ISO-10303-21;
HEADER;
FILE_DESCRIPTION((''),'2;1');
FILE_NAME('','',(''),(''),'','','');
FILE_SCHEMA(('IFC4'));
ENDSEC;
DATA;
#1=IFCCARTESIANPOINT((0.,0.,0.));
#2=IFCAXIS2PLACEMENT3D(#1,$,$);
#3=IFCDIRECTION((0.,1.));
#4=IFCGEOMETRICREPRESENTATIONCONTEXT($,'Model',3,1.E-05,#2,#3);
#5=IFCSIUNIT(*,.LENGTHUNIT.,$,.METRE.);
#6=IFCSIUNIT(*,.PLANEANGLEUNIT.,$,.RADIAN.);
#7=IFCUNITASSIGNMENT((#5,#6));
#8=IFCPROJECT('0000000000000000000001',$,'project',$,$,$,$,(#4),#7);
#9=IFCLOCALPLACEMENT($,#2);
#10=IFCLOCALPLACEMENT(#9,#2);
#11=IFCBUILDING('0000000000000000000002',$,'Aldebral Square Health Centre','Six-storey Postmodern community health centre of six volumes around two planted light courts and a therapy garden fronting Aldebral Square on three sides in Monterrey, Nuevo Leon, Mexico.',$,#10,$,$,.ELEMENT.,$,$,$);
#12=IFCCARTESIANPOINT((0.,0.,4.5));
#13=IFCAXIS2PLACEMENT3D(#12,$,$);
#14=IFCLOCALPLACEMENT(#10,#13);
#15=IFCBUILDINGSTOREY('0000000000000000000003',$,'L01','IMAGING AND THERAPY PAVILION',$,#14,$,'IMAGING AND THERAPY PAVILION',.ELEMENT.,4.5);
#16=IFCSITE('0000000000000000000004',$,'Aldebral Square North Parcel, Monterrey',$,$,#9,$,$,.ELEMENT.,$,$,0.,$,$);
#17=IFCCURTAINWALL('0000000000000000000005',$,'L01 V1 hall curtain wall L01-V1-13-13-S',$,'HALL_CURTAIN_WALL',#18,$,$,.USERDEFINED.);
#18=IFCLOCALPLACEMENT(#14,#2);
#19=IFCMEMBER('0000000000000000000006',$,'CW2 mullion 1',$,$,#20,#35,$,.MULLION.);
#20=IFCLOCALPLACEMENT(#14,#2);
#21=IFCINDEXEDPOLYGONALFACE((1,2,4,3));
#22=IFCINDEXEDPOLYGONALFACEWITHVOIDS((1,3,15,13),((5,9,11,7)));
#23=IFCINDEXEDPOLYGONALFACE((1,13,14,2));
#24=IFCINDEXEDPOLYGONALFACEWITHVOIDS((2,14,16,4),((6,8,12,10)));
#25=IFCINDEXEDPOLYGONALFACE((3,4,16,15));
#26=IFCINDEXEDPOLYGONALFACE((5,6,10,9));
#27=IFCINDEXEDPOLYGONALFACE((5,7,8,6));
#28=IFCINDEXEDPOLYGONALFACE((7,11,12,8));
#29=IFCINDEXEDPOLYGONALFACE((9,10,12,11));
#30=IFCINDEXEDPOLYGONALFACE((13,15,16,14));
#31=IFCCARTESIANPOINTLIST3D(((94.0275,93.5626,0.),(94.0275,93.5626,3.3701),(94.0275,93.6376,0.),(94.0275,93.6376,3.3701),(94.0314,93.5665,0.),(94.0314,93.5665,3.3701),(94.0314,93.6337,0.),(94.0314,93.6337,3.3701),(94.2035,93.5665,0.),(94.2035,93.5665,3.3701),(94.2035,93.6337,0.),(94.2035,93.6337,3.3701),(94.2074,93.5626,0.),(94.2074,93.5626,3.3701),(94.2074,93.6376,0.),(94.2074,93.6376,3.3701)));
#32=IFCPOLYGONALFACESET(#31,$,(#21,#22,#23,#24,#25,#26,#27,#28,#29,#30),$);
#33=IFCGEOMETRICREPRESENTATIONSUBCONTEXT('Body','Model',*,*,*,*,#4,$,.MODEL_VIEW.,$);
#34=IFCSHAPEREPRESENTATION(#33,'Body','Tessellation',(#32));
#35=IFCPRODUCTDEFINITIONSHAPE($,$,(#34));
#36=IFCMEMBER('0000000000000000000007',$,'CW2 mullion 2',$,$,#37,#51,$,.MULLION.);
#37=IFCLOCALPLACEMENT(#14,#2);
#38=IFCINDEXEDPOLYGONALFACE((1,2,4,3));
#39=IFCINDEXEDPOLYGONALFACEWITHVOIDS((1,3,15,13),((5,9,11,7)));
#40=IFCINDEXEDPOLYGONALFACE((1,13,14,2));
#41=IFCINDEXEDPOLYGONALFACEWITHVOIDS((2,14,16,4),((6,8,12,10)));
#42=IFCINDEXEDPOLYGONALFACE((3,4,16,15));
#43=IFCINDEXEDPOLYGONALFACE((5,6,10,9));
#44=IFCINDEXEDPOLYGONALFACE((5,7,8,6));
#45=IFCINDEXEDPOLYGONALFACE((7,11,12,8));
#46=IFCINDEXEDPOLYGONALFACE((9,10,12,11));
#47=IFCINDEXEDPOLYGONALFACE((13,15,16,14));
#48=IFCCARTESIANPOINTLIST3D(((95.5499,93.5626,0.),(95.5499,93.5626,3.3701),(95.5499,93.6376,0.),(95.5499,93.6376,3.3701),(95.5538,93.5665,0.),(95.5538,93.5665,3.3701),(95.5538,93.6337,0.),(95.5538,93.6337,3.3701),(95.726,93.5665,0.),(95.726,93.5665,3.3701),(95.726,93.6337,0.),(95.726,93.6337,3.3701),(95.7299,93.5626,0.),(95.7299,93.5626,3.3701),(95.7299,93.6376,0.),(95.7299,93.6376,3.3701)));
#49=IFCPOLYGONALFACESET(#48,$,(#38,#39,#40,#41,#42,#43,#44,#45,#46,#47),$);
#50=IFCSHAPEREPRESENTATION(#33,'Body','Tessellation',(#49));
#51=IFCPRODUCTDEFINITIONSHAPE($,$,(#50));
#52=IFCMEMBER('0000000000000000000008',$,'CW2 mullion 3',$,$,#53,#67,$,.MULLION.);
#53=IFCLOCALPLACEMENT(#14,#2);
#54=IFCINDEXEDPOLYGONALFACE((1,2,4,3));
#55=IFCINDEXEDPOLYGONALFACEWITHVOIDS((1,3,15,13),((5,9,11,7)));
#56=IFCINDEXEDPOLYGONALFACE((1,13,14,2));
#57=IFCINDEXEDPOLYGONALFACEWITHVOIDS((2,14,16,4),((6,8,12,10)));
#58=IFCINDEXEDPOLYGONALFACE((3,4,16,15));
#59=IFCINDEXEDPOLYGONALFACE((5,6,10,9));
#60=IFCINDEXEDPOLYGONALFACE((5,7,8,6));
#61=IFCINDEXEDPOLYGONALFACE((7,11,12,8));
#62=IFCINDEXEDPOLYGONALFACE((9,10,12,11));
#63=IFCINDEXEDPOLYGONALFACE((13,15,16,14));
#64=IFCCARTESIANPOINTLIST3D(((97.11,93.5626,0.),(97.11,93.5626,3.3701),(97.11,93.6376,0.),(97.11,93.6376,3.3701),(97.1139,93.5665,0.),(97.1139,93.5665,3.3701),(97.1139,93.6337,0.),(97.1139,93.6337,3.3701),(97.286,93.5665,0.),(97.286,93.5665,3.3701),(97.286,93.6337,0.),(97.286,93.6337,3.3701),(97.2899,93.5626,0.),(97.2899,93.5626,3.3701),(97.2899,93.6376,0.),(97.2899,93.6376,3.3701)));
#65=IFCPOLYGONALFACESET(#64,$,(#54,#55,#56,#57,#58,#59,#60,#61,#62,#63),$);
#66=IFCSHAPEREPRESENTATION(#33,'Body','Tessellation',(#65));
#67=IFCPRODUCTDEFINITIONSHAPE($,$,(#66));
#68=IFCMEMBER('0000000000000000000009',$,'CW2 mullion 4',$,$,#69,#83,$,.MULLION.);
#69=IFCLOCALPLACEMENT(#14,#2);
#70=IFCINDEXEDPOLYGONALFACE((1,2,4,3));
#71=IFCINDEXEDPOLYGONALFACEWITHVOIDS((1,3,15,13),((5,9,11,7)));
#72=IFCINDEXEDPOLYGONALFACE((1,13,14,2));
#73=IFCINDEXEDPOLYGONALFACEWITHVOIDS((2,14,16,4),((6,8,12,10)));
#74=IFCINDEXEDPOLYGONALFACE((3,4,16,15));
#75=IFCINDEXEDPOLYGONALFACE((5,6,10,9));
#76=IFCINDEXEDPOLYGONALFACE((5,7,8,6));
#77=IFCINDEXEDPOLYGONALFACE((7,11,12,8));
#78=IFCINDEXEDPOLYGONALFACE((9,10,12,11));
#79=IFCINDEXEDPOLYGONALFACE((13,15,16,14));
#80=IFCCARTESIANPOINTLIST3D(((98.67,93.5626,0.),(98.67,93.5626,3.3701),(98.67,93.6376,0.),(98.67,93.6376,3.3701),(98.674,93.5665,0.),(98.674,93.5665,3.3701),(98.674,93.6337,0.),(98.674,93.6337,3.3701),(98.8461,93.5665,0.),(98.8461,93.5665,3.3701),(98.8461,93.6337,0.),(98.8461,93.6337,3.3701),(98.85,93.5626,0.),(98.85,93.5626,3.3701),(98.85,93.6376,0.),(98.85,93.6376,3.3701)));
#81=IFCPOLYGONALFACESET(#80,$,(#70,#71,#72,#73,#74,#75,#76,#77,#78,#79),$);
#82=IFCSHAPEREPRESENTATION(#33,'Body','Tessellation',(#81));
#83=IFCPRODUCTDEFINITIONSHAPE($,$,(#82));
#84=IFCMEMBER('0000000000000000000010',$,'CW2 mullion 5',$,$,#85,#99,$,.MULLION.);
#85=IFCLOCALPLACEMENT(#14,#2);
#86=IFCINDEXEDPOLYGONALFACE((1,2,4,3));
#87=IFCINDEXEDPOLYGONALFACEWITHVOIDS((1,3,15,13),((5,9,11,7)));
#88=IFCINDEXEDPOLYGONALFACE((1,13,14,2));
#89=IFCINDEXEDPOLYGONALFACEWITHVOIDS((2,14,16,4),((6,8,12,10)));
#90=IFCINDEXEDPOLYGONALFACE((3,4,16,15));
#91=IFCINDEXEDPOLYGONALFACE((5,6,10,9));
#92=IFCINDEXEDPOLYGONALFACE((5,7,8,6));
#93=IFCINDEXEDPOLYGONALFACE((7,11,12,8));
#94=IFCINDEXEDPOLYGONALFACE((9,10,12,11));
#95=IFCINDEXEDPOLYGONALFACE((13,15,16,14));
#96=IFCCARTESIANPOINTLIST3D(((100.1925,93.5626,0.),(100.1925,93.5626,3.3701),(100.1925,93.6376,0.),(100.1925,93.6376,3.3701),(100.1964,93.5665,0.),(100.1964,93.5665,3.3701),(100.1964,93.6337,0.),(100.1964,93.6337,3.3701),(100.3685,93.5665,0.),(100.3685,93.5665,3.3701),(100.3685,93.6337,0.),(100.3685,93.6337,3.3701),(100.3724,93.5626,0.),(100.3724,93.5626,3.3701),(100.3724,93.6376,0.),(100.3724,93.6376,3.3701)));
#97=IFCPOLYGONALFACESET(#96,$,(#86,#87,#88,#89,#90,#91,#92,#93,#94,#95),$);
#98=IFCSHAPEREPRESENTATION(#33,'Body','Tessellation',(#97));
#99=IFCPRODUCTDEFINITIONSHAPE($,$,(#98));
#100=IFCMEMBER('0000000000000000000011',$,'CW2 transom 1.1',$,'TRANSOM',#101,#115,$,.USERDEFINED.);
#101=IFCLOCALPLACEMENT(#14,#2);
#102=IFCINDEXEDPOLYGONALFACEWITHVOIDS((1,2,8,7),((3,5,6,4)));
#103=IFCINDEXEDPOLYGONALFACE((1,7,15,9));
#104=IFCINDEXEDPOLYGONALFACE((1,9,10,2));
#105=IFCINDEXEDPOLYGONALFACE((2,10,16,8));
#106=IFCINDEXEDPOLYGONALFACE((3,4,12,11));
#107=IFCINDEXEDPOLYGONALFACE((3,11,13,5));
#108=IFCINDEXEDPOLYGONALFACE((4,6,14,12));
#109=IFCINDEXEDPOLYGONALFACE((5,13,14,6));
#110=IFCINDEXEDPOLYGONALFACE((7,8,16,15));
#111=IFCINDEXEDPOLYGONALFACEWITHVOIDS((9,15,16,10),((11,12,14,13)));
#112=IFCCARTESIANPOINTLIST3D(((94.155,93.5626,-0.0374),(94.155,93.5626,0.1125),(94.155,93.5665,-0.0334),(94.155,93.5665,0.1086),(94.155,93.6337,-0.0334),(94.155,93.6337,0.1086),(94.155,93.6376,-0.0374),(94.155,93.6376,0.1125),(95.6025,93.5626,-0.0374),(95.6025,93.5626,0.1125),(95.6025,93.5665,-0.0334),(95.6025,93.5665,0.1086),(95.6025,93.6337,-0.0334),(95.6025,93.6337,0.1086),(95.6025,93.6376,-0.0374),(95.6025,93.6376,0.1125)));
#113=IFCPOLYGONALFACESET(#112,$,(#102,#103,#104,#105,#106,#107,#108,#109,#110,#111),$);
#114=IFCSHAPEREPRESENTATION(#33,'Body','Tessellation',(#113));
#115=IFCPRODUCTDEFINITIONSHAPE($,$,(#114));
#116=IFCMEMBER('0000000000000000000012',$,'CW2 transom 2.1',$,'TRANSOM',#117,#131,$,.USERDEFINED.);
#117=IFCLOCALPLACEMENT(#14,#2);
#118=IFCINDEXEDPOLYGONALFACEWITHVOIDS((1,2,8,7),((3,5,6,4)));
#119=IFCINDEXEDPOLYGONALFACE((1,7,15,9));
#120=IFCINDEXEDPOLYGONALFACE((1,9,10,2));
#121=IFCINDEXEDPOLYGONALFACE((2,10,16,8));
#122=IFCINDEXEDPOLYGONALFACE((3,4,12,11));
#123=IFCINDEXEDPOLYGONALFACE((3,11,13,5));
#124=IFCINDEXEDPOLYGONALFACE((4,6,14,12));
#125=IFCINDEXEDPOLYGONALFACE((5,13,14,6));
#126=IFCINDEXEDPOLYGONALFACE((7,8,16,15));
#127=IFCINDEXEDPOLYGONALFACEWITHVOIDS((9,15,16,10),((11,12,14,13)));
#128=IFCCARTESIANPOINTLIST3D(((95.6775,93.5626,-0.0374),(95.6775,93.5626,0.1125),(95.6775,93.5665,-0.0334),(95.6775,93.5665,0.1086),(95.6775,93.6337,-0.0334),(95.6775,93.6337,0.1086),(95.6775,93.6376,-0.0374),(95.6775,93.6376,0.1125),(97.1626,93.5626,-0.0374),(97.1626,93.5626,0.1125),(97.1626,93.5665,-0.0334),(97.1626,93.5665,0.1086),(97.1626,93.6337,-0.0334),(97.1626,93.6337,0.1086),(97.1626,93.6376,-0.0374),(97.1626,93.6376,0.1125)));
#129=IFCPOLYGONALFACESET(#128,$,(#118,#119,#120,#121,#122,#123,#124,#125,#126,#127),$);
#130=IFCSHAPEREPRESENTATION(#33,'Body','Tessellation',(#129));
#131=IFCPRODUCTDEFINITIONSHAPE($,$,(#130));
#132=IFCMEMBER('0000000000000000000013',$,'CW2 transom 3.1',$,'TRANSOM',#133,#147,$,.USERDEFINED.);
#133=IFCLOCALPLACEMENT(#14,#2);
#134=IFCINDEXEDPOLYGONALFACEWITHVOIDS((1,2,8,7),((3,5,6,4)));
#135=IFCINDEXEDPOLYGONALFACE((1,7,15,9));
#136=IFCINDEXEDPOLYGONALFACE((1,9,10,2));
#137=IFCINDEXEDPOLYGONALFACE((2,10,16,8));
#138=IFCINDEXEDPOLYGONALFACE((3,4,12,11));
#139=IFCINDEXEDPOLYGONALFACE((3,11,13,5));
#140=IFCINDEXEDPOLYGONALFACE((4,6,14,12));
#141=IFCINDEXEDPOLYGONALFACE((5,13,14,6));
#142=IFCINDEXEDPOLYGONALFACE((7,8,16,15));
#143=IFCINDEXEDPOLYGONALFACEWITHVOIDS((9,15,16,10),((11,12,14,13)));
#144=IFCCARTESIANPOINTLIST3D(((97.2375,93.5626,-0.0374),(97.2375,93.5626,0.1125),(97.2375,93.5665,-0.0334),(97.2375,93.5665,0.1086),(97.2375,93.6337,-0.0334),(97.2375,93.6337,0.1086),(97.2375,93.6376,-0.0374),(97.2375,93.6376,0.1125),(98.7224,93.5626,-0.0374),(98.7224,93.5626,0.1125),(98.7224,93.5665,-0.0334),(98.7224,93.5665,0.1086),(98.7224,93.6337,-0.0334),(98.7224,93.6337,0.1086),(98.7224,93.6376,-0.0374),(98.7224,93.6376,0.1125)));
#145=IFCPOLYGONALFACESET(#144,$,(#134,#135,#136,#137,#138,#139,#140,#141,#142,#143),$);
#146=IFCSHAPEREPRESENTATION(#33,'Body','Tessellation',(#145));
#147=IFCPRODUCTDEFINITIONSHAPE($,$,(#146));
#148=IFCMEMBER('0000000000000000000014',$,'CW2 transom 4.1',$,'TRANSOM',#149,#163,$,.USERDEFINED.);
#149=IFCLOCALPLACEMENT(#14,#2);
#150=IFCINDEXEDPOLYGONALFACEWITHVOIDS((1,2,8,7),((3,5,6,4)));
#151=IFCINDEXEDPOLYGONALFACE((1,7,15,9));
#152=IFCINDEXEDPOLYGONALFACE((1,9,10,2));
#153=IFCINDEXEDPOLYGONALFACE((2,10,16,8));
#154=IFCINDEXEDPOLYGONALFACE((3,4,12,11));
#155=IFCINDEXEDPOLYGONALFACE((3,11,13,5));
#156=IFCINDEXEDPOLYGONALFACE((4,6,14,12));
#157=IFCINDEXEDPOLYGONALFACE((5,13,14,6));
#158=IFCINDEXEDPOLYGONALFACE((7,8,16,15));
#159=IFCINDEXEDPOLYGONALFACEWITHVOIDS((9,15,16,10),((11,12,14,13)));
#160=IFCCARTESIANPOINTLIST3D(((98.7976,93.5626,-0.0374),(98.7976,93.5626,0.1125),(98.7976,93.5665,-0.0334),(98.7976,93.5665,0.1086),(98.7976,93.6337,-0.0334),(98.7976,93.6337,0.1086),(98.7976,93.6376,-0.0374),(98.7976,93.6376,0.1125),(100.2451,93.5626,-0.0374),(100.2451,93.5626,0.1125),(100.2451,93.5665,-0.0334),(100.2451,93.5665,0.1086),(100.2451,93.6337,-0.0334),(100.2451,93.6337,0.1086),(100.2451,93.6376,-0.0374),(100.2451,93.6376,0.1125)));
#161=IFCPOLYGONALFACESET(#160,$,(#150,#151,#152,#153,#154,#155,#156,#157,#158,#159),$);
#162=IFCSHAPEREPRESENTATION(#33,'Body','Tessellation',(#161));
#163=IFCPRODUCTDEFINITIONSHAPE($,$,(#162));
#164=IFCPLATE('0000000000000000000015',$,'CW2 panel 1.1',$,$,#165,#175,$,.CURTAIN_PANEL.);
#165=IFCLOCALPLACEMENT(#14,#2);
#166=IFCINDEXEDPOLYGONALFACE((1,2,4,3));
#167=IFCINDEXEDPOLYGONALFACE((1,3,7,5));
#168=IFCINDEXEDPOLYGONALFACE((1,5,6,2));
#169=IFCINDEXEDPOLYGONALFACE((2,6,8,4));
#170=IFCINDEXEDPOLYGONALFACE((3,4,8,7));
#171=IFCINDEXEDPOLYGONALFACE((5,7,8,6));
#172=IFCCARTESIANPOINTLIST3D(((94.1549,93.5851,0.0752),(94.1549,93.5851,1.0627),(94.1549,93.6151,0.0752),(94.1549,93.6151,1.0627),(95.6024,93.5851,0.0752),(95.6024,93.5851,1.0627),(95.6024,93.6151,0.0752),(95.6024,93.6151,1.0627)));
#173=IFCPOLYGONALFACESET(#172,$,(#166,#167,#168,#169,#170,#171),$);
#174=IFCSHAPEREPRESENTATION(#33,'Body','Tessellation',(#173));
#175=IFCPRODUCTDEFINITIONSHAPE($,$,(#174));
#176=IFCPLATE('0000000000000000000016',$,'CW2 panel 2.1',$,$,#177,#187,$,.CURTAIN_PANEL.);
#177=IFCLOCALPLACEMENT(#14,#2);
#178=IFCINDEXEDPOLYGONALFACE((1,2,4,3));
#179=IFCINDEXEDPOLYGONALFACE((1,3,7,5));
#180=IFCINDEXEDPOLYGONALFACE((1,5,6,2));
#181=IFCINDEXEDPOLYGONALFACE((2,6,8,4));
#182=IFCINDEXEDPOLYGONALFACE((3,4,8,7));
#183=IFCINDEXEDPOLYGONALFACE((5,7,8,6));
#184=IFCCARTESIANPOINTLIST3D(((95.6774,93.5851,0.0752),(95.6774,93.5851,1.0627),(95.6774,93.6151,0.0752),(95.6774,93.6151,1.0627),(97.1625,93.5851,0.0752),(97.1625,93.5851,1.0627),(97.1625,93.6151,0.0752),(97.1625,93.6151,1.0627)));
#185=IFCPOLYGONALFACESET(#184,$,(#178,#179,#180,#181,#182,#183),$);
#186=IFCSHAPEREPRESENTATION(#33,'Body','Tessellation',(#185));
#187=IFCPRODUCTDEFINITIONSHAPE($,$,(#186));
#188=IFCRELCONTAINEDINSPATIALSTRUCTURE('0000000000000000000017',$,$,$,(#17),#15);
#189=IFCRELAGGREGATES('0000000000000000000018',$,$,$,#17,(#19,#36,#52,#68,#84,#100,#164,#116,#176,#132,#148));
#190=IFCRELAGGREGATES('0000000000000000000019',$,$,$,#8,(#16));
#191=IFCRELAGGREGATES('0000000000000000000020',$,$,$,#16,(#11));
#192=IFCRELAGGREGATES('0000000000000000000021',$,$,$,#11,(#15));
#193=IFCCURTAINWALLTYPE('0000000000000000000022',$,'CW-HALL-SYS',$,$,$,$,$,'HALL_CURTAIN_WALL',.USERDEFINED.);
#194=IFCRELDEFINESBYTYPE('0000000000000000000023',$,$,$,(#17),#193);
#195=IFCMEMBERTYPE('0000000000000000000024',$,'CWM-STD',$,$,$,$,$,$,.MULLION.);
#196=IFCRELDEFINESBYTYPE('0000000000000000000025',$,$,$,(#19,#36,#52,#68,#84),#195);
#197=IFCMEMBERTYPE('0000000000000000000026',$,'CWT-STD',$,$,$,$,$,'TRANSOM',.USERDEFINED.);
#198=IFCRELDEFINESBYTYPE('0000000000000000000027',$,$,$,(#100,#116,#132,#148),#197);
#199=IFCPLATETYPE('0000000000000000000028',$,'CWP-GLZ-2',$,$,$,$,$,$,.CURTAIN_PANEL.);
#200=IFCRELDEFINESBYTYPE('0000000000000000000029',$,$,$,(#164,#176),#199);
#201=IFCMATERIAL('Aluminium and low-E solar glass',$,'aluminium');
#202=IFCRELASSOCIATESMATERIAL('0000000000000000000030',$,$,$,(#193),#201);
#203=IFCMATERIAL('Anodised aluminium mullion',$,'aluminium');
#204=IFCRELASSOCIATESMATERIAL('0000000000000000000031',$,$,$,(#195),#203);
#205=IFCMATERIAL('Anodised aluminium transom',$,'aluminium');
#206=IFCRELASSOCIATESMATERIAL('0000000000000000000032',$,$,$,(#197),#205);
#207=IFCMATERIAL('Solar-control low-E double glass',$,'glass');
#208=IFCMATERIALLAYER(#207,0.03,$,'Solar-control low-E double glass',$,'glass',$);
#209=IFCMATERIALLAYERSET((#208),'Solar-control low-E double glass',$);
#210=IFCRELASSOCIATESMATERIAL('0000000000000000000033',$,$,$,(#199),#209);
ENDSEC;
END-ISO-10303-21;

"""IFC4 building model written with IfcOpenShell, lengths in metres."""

from ifc_helpers import new_model, si_unit, direction, frame, origin, origin_2d, place, context, subcontext, project, spatial, rectangle, hollow_rectangle, extrude, material, layer, layer_set, material_profile, profile_set, type_object, element, aggregate, save


model = new_model("IFC4")

# Units and contexts
model_context = context("Model", 3, precision=1e-05, world=origin(), true_north=direction((0.0, 1.0)))
body_context = subcontext(model_context, "Body", "Model", "MODEL_VIEW")
ifc_project = project(units=[si_unit("LENGTHUNIT", "METRE"), si_unit("PLANEANGLEUNIT", "RADIAN")], contexts=[model_context])

# Site, building, storey
site_placement = place(None, origin())
site = spatial("IfcSite", under=ifc_project, at=site_placement, Name="Aldebral Square North Parcel, Monterrey", CompositionType="ELEMENT", RefElevation=0.0)
building_placement = place(site_placement, origin())
building = spatial("IfcBuilding", under=site, at=building_placement, Name="Aldebral Square Health Centre", Description="Six-storey Postmodern community health centre of six volumes around two planted light courts and a therapy garden fronting Aldebral Square on three sides in Monterrey, Nuevo Leon, Mexico.", CompositionType="ELEMENT")
storey_placement = place(building_placement, frame((0.0, 0.0, 4.5)))
storey = spatial("IfcBuildingStorey", under=building, at=storey_placement, Name="L01", Description="IMAGING AND THERAPY PAVILION", LongName="IMAGING AND THERAPY PAVILION", CompositionType="ELEMENT", Elevation=4.5)

# Curtain wall, members, plates
ifc_material_1 = material(Name="Aluminium and low-E solar glass", Category="aluminium")
curtain_wall_type = type_object("IfcCurtainWallType", Name="CW-HALL-SYS", ElementType="HALL_CURTAIN_WALL", PredefinedType="USERDEFINED", material=ifc_material_1)
curtain_wall_placement = place(storey_placement, origin())
curtain_wall = element("IfcCurtainWall", 1, at=curtain_wall_placement, inside=storey, type_object=curtain_wall_type, Name="L01 V1 hall curtain wall L01-V1-13-13-S", ObjectType="HALL_CURTAIN_WALL", PredefinedType="USERDEFINED")
ifc_material_2 = material(Name="Anodised aluminium mullion", Category="aluminium")
ifc_material_profile_1 = material_profile(ifc_material_2, hollow_rectangle(XDim=0.075, YDim=0.1799, WallThickness=0.0039, at=origin_2d()), Name="CWM 75x180x4")
ifc_profile_set_1 = profile_set([ifc_material_profile_1], Name="Anodised aluminium mullion")
member_type_1 = type_object("IfcMemberType", Name="CWM-STD", PredefinedType="MULLION", material=ifc_profile_set_1)
member_1_placement = place(storey_placement, frame((94.1174, 93.6001, 0.0), z_axis=(0.0, 0.0, 1.0), x_axis=(0.0, 1.0, 0.0)))
member_1 = element("IfcMember", 2, at=member_1_placement, type_object=member_type_1, Name="CW2 mullion 1", PredefinedType="MULLION", context=body_context, shape_type="SweptSolid", body=[
    extrude(hollow_rectangle(XDim=0.075, YDim=0.1799, WallThickness=0.0039, at=origin_2d()), origin(), (0.0, 0.0, 1.0), 3.3701),
])
member_2_placement = place(storey_placement, frame((95.6399, 93.6001, 0.0), z_axis=(0.0, 0.0, 1.0), x_axis=(0.0, 1.0, 0.0)))
member_2 = element("IfcMember", 3, at=member_2_placement, type_object=member_type_1, Name="CW2 mullion 2", PredefinedType="MULLION", context=body_context, shape_type="SweptSolid", body=[
    extrude(hollow_rectangle(XDim=0.075, YDim=0.1799, WallThickness=0.0039, at=origin_2d()), origin(), (0.0, 0.0, 1.0), 3.3701),
])
member_3_placement = place(storey_placement, frame((97.2, 93.6001, 0.0), z_axis=(0.0, 0.0, 1.0), x_axis=(0.0, 1.0, 0.0)))
member_3 = element("IfcMember", 4, at=member_3_placement, type_object=member_type_1, Name="CW2 mullion 3", PredefinedType="MULLION", context=body_context, shape_type="SweptSolid", body=[
    extrude(hollow_rectangle(XDim=0.075, YDim=0.1799, WallThickness=0.0039, at=origin_2d()), origin(), (0.0, 0.0, 1.0), 3.3701),
])
member_4_placement = place(storey_placement, frame((98.76, 93.6001, 0.0), z_axis=(0.0, 0.0, 1.0), x_axis=(0.0, 1.0, 0.0)))
member_4 = element("IfcMember", 5, at=member_4_placement, type_object=member_type_1, Name="CW2 mullion 4", PredefinedType="MULLION", context=body_context, shape_type="SweptSolid", body=[
    extrude(hollow_rectangle(XDim=0.075, YDim=0.1799, WallThickness=0.0039, at=origin_2d()), origin(), (0.0, 0.0, 1.0), 3.3701),
])
member_5_placement = place(storey_placement, frame((100.2825, 93.6001, 0.0), z_axis=(0.0, 0.0, 1.0), x_axis=(0.0, 1.0, 0.0)))
member_5 = element("IfcMember", 6, at=member_5_placement, type_object=member_type_1, Name="CW2 mullion 5", PredefinedType="MULLION", context=body_context, shape_type="SweptSolid", body=[
    extrude(hollow_rectangle(XDim=0.075, YDim=0.1799, WallThickness=0.0039, at=origin_2d()), origin(), (0.0, 0.0, 1.0), 3.3701),
])
ifc_material_3 = material(Name="Anodised aluminium transom", Category="aluminium")
ifc_material_profile_2 = material_profile(ifc_material_3, hollow_rectangle(XDim=0.075, YDim=0.1499, WallThickness=0.0039, at=origin_2d()), Name="CWT 75x150x4")
ifc_profile_set_2 = profile_set([ifc_material_profile_2], Name="Anodised aluminium transom")
member_type_2 = type_object("IfcMemberType", Name="CWT-STD", ElementType="TRANSOM", PredefinedType="USERDEFINED", material=ifc_profile_set_2)
member_6_placement = place(storey_placement, frame((94.155, 93.6001, 0.0376), z_axis=(1.0, 0.0, 0.0), x_axis=(0.0, 1.0, 0.0)))
member_6 = element("IfcMember", 7, at=member_6_placement, type_object=member_type_2, Name="CW2 transom 1.1", ObjectType="TRANSOM", PredefinedType="USERDEFINED", context=body_context, shape_type="SweptSolid", body=[
    extrude(hollow_rectangle(XDim=0.075, YDim=0.1499, WallThickness=0.0039, at=origin_2d()), origin(), (0.0, 0.0, 1.0), 1.4475),
])
member_7_placement = place(storey_placement, frame((95.6775, 93.6001, 0.0376), z_axis=(1.0, 0.0, 0.0), x_axis=(0.0, 1.0, 0.0)))
member_7 = element("IfcMember", 8, at=member_7_placement, type_object=member_type_2, Name="CW2 transom 2.1", ObjectType="TRANSOM", PredefinedType="USERDEFINED", context=body_context, shape_type="SweptSolid", body=[
    extrude(hollow_rectangle(XDim=0.075, YDim=0.1499, WallThickness=0.0039, at=origin_2d()), origin(), (0.0, 0.0, 1.0), 1.4851),
])
member_8_placement = place(storey_placement, frame((97.2375, 93.6001, 0.0376), z_axis=(1.0, 0.0, 0.0), x_axis=(0.0, 1.0, 0.0)))
member_8 = element("IfcMember", 9, at=member_8_placement, type_object=member_type_2, Name="CW2 transom 3.1", ObjectType="TRANSOM", PredefinedType="USERDEFINED", context=body_context, shape_type="SweptSolid", body=[
    extrude(hollow_rectangle(XDim=0.075, YDim=0.1499, WallThickness=0.0039, at=origin_2d()), origin(), (0.0, 0.0, 1.0), 1.4849),
])
member_9_placement = place(storey_placement, frame((98.7976, 93.6001, 0.0376), z_axis=(1.0, 0.0, 0.0), x_axis=(0.0, 1.0, 0.0)))
member_9 = element("IfcMember", 10, at=member_9_placement, type_object=member_type_2, Name="CW2 transom 4.1", ObjectType="TRANSOM", PredefinedType="USERDEFINED", context=body_context, shape_type="SweptSolid", body=[
    extrude(hollow_rectangle(XDim=0.075, YDim=0.1499, WallThickness=0.0039, at=origin_2d()), origin(), (0.0, 0.0, 1.0), 1.4475),
])
ifc_material_4 = material(Name="Solar-control low-E double glass", Category="glass")
ifc_layer_1 = layer(ifc_material_4, 0.03, Name="Solar-control low-E double glass", Category="glass")
ifc_layer_set_1 = layer_set([ifc_layer_1], Name="Solar-control low-E double glass")
plate_type = type_object("IfcPlateType", Name="CWP-GLZ-2", PredefinedType="CURTAIN_PANEL", material=ifc_layer_set_1)
plate_1_placement = place(storey_placement, frame((94.8787, 93.6001, 0.0752), z_axis=(0.0, 0.0, 1.0), x_axis=(1.0, 0.0, 0.0)))
plate_1 = element("IfcPlate", 11, at=plate_1_placement, type_object=plate_type, Name="CW2 panel 1.1", PredefinedType="CURTAIN_PANEL", context=body_context, shape_type="SweptSolid", body=[
    extrude(rectangle(XDim=1.4475, YDim=0.03, at=origin_2d()), origin(), (0.0, 0.0, 1.0), 0.9875),
])
plate_2_placement = place(storey_placement, frame((96.4199, 93.6001, 0.0752), z_axis=(0.0, 0.0, 1.0), x_axis=(1.0, 0.0, 0.0)))
plate_2 = element("IfcPlate", 12, at=plate_2_placement, type_object=plate_type, Name="CW2 panel 2.1", PredefinedType="CURTAIN_PANEL", context=body_context, shape_type="SweptSolid", body=[
    extrude(rectangle(XDim=1.4851, YDim=0.03, at=origin_2d()), origin(), (0.0, 0.0, 1.0), 0.9875),
])
aggregate(curtain_wall, [member_1, member_2, member_3, member_4, member_5, member_6, plate_1, member_7, plate_2, member_8, member_9])

save(model, "model.ifc")
